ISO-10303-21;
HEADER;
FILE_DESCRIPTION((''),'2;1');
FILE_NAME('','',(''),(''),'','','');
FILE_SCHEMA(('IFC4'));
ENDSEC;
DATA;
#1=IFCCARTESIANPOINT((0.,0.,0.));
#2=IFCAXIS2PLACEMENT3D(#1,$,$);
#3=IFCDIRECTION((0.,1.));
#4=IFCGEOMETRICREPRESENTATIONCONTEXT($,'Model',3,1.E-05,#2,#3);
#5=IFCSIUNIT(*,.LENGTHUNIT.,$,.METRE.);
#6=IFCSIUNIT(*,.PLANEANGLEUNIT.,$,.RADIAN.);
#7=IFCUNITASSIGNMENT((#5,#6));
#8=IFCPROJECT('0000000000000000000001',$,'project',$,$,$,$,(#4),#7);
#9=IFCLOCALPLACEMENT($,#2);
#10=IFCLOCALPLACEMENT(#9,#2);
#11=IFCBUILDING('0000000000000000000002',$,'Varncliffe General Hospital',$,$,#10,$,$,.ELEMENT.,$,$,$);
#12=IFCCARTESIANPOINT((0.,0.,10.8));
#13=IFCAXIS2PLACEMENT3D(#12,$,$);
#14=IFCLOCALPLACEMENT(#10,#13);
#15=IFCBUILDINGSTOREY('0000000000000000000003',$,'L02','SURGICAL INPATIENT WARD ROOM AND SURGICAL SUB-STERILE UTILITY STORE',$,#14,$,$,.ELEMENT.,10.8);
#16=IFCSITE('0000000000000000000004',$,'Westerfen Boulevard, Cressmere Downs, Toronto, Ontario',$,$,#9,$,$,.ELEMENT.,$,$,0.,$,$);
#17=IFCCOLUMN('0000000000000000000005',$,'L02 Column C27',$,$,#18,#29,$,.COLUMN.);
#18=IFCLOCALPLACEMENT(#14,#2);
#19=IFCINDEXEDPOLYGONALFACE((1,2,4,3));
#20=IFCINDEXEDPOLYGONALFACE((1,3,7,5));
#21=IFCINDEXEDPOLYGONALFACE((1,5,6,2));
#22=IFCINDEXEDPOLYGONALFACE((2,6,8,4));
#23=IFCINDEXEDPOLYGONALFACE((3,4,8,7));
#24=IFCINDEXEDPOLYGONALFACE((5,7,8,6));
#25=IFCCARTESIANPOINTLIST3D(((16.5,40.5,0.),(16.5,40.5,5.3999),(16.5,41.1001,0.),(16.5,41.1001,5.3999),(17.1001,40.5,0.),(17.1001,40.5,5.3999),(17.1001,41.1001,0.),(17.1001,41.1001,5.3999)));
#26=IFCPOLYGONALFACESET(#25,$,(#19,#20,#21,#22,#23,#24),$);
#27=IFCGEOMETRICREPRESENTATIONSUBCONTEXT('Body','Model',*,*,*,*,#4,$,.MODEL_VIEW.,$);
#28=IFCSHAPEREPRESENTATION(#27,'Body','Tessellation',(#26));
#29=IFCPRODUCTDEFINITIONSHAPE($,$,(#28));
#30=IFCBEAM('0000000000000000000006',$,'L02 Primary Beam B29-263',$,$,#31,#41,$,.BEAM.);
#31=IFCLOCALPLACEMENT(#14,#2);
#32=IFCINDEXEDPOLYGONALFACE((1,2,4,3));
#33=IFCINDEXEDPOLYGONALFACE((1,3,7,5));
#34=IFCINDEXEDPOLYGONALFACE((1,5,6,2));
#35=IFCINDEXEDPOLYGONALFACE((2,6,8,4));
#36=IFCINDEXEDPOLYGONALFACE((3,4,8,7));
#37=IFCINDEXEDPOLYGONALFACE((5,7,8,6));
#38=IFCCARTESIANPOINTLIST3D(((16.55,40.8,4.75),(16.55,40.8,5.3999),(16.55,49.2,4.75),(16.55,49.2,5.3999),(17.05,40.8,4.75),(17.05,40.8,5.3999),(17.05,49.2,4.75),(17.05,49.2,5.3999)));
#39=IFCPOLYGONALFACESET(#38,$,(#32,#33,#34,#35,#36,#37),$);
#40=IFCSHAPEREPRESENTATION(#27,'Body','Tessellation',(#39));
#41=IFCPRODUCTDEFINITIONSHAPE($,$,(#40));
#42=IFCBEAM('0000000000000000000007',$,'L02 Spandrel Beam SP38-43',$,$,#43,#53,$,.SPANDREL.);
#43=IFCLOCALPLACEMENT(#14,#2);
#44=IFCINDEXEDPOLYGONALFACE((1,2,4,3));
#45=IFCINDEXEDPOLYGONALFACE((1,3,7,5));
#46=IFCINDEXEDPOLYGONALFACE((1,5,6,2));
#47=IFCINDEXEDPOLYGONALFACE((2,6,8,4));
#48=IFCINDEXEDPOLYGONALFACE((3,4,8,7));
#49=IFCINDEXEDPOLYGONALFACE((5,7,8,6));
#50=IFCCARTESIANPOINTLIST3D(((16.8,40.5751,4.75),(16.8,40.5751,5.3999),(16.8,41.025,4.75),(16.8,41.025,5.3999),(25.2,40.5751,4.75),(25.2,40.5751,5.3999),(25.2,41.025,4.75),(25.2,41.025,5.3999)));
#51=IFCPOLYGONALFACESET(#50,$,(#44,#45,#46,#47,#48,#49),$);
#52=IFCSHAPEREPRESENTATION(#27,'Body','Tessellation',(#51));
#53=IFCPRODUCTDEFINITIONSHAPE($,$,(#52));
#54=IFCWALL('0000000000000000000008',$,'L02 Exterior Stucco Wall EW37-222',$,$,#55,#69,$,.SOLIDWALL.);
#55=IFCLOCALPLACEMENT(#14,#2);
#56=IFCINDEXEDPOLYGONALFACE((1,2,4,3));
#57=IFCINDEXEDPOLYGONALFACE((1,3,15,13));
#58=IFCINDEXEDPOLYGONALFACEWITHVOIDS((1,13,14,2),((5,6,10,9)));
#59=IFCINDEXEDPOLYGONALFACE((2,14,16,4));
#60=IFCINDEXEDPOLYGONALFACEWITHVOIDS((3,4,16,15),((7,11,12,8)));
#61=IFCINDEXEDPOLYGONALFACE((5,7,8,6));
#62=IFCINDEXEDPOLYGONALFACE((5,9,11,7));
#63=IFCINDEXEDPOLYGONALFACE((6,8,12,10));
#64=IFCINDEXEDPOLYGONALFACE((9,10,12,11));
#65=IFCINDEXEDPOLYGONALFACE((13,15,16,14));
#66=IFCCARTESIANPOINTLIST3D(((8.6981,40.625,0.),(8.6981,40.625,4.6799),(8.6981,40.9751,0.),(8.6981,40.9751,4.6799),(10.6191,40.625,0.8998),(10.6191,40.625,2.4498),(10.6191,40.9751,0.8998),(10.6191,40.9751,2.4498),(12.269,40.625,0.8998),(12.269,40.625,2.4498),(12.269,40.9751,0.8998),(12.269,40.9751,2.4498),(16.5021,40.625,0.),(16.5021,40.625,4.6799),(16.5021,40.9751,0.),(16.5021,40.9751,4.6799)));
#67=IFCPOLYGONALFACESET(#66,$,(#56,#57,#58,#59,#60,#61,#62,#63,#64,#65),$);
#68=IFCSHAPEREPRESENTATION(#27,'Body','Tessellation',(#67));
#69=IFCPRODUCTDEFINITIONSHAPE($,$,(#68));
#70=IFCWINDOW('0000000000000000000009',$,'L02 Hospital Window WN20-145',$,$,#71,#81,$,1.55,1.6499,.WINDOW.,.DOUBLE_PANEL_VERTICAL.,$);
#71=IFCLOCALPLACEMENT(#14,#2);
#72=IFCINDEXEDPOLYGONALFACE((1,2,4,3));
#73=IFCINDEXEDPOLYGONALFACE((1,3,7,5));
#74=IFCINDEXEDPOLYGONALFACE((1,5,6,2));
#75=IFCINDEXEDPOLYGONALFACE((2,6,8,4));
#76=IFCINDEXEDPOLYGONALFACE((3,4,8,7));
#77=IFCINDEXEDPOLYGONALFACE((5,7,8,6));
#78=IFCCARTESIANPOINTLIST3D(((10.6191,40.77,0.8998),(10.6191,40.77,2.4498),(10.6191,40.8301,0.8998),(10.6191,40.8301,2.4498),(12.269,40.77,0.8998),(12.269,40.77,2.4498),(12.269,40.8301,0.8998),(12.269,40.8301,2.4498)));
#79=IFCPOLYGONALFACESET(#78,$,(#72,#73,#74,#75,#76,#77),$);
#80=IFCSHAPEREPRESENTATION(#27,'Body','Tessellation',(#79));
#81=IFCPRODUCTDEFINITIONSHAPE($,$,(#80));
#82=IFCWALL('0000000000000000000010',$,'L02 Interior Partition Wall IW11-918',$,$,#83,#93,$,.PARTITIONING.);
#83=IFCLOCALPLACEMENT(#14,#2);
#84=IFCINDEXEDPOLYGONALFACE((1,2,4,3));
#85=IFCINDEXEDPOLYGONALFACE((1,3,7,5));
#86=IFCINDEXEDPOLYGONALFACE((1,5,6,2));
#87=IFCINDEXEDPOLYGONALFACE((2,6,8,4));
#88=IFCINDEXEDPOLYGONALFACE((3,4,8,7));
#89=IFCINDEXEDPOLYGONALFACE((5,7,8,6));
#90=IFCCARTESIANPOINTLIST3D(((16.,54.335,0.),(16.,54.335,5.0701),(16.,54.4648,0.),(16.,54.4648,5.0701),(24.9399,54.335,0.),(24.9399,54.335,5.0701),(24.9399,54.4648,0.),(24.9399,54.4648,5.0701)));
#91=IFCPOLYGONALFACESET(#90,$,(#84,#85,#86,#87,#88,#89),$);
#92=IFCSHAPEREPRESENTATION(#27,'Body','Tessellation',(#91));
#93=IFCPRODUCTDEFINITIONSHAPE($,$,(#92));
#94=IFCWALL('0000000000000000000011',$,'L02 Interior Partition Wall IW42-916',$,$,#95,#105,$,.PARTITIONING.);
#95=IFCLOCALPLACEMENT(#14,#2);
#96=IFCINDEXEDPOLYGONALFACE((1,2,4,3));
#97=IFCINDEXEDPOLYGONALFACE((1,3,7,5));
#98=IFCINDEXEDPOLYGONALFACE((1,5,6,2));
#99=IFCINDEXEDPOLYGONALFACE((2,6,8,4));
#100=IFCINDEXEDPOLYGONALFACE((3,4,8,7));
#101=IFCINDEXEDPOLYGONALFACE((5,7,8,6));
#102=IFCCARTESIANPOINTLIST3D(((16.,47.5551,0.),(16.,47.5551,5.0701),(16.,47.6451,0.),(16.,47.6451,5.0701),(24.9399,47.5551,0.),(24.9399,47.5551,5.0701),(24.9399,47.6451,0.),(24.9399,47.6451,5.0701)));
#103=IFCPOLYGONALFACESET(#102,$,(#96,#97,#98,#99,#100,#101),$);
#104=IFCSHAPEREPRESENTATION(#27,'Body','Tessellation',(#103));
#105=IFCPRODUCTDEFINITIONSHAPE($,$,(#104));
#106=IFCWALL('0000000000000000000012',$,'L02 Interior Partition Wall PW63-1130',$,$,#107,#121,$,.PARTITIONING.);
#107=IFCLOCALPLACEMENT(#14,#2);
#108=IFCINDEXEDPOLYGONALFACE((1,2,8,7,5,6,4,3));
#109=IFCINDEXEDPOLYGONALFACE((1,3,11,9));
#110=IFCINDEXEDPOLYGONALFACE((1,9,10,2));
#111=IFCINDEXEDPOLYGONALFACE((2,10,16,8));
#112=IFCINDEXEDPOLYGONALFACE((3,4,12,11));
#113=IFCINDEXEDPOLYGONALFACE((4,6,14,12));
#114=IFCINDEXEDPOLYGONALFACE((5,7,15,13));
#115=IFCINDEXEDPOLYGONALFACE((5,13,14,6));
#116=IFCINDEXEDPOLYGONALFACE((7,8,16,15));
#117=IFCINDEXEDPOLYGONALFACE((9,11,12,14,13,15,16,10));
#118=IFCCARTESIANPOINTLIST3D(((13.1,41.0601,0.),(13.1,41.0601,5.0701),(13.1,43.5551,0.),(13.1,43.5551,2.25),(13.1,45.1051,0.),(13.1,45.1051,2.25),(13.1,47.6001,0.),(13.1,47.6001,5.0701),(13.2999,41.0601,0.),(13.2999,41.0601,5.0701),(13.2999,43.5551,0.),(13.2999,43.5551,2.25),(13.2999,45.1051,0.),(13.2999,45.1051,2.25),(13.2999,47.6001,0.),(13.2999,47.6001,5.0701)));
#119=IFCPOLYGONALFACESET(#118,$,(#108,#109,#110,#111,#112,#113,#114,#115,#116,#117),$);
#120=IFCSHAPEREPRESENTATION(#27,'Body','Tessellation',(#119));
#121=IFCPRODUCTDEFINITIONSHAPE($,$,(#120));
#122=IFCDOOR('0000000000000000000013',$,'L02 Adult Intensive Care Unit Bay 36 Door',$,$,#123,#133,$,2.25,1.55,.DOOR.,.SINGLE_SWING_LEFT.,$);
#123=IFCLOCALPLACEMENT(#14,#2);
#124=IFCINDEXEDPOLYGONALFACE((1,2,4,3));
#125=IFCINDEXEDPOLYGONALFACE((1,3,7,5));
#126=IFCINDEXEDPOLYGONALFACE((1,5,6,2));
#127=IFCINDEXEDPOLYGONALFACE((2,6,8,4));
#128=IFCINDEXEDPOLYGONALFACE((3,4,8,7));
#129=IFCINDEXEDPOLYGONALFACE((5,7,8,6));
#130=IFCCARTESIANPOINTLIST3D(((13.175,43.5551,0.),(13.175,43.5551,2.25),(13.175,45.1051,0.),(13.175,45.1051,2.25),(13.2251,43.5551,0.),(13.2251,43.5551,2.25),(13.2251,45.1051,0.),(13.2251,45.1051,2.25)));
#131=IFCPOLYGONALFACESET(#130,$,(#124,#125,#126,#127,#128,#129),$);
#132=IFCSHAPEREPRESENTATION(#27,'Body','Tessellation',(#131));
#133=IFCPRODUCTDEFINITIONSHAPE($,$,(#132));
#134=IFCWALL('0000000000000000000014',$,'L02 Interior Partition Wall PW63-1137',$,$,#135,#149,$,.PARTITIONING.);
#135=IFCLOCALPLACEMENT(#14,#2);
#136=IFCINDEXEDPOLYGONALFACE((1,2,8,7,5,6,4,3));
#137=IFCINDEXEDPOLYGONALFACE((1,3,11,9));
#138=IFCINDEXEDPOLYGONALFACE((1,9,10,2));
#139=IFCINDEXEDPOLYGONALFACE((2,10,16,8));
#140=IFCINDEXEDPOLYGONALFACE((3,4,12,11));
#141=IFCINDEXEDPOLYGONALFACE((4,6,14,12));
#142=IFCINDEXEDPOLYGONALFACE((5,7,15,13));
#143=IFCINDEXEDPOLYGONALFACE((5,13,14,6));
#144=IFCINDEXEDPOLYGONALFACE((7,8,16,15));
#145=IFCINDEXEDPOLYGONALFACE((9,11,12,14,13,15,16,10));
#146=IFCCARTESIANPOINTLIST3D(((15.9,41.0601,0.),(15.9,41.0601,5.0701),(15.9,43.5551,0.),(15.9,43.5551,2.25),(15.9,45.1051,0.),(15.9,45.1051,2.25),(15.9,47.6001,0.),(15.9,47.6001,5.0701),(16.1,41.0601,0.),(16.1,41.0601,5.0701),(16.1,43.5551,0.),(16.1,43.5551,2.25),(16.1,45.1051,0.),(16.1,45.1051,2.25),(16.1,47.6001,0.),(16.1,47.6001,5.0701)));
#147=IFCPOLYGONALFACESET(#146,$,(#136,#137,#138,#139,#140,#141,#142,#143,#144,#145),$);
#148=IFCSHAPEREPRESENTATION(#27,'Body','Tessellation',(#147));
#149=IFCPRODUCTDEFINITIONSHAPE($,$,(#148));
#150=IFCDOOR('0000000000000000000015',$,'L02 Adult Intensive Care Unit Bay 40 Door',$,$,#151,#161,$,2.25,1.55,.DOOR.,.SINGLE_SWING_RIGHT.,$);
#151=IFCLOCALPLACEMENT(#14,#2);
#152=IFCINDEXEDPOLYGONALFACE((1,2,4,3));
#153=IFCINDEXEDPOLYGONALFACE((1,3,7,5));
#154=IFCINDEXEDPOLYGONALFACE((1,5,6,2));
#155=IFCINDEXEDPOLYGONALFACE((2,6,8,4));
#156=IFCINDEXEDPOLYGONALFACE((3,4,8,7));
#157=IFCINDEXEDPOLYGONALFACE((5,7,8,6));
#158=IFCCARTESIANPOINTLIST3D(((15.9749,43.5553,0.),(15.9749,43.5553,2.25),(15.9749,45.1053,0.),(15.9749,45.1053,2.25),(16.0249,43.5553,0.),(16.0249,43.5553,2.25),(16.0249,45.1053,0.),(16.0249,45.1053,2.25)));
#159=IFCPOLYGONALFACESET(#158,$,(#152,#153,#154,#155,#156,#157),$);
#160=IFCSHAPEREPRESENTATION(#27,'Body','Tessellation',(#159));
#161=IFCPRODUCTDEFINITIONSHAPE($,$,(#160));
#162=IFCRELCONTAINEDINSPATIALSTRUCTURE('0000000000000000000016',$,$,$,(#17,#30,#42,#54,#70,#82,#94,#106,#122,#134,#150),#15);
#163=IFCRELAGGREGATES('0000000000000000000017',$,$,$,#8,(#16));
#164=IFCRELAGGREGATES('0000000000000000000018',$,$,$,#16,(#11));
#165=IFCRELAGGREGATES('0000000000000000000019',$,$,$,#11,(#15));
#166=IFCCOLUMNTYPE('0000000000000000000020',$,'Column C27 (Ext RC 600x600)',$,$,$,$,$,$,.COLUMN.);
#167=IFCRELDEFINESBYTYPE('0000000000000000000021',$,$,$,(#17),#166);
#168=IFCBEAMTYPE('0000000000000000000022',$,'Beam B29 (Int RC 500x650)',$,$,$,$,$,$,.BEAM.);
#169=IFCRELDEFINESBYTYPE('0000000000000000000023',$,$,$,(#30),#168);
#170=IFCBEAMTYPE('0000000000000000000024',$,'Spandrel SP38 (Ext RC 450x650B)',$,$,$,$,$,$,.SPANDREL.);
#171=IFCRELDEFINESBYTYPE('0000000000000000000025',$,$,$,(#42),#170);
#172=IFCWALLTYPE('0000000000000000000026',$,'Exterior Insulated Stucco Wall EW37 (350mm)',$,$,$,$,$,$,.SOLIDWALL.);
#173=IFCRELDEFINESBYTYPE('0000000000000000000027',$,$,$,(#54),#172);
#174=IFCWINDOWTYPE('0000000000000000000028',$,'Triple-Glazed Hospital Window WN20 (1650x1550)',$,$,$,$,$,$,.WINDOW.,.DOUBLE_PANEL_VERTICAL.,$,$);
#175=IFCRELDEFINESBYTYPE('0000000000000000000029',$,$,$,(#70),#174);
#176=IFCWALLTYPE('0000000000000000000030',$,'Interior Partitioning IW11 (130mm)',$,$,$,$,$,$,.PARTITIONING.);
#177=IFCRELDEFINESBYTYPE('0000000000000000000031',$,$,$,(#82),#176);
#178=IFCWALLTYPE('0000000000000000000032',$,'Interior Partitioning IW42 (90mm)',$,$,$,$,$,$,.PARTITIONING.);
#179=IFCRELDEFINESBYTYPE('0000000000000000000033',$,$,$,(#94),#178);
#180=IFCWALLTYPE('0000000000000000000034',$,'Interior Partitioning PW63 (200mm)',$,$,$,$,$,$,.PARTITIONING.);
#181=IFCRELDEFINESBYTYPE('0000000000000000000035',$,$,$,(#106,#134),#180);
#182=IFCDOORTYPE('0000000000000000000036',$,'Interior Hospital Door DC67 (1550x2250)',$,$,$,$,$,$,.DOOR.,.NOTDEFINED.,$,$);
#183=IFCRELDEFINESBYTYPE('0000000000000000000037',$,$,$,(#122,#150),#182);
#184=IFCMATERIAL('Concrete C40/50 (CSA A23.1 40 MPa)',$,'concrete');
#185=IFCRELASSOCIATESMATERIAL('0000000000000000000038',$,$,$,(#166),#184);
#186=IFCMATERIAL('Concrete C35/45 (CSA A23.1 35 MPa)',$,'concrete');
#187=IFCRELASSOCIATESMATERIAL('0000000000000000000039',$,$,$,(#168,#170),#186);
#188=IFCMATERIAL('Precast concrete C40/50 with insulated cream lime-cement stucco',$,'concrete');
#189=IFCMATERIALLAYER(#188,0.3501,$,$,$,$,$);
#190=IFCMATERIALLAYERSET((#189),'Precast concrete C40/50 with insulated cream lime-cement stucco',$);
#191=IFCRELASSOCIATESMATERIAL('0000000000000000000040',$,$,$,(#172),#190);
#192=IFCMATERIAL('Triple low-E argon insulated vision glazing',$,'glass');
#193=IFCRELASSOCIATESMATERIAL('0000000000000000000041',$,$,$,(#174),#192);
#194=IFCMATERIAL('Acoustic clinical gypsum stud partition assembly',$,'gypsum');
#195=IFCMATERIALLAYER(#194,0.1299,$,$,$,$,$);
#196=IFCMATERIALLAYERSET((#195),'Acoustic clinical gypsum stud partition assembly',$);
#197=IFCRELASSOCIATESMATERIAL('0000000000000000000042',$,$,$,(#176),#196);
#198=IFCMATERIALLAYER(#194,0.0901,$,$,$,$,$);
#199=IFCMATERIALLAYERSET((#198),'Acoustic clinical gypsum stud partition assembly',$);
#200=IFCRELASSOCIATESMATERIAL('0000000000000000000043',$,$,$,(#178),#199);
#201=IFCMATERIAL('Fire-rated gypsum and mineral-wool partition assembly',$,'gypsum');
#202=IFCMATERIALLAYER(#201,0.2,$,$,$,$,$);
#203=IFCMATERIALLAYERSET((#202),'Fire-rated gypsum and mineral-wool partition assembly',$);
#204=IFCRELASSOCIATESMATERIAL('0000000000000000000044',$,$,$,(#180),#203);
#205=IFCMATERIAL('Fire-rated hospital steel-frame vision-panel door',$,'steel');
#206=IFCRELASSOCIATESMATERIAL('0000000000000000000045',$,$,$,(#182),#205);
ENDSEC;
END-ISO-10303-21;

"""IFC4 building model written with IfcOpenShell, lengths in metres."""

from ifc_helpers import new_model, si_unit, direction, frame, frame_2d, origin, origin_2d, place, context, subcontext, project, spatial, rectangle, extrude, material, layer, layer_set, material_profile, profile_set, type_object, element, fill, save


model = new_model("IFC4")

# Units and contexts
model_context = context("Model", 3, precision=1e-05, world=origin(), true_north=direction((0.0, 1.0)))
body_context = subcontext(model_context, "Body", "Model", "MODEL_VIEW")
ifc_project = project(units=[si_unit("LENGTHUNIT", "METRE"), si_unit("PLANEANGLEUNIT", "RADIAN")], contexts=[model_context])

# Site, building, storey
site_placement = place(None, origin())
site = spatial("IfcSite", under=ifc_project, at=site_placement, Name="Westerfen Boulevard, Cressmere Downs, Toronto, Ontario", CompositionType="ELEMENT", RefElevation=0.0)
building_placement = place(site_placement, origin())
building = spatial("IfcBuilding", under=site, at=building_placement, Name="Varncliffe General Hospital", CompositionType="ELEMENT")
storey_placement = place(building_placement, frame((0.0, 0.0, 10.8)))
storey = spatial("IfcBuildingStorey", under=building, at=storey_placement, Name="L02", Description="SURGICAL INPATIENT WARD ROOM AND SURGICAL SUB-STERILE UTILITY STORE", CompositionType="ELEMENT", Elevation=10.8)

# Column
ifc_material_1 = material(Name="Concrete C40/50 (CSA A23.1 40 MPa)", Category="concrete")
ifc_material_profile_1 = material_profile(ifc_material_1, rectangle(XDim=0.6001, YDim=0.6001, at=origin_2d()), Name="RC 600x600")
ifc_profile_set_1 = profile_set([ifc_material_profile_1], Name="Concrete C40/50 (CSA A23.1 40 MPa)")
column_type = type_object("IfcColumnType", Name="Column C27 (Ext RC 600x600)", PredefinedType="COLUMN", material=ifc_profile_set_1)
column_placement = place(storey_placement, frame((16.8, 40.8, 0.0), z_axis=(0.0, 0.0, 1.0), x_axis=(1.0, 0.0, 0.0)))
element("IfcColumn", 1, at=column_placement, inside=storey, type_object=column_type, Name="L02 Column C27", PredefinedType="COLUMN", context=body_context, shape_type="SweptSolid", body=[
    extrude(rectangle(XDim=0.6001, YDim=0.6001, at=origin_2d()), origin(), (0.0, 0.0, 1.0), 5.3999),
])

# Beams
ifc_material_2 = material(Name="Concrete C35/45 (CSA A23.1 35 MPa)", Category="concrete")
ifc_material_profile_2 = material_profile(ifc_material_2, rectangle(XDim=0.5, YDim=0.6499, at=origin_2d()), Name="RC 500x650")
ifc_profile_set_2 = profile_set([ifc_material_profile_2], Name="Concrete C35/45 (CSA A23.1 35 MPa)")
beam_type_1 = type_object("IfcBeamType", Name="Beam B29 (Int RC 500x650)", PredefinedType="BEAM", material=ifc_profile_set_2)
beam_1_placement = place(storey_placement, frame((16.8, 40.8, 5.075), z_axis=(0.0, 1.0, 0.0), x_axis=(-1.0, 0.0, 0.0)))
element("IfcBeam", 2, at=beam_1_placement, inside=storey, type_object=beam_type_1, Name="L02 Primary Beam B29-263", PredefinedType="BEAM", context=body_context, shape_type="SweptSolid", body=[
    extrude(rectangle(XDim=0.5, YDim=0.6499, at=origin_2d()), origin(), (0.0, 0.0, 1.0), 8.3999),
])
ifc_material_profile_3 = material_profile(ifc_material_2, rectangle(XDim=0.45, YDim=0.6499, at=origin_2d()), Name="RC 450x650")
ifc_profile_set_3 = profile_set([ifc_material_profile_3], Name="Concrete C35/45 (CSA A23.1 35 MPa)")
beam_type_2 = type_object("IfcBeamType", Name="Spandrel SP38 (Ext RC 450x650B)", PredefinedType="SPANDREL", material=ifc_profile_set_3)
beam_2_placement = place(storey_placement, frame((16.8, 40.8, 5.075), z_axis=(1.0, 0.0, 0.0), x_axis=(0.0, 1.0, 0.0)))
element("IfcBeam", 3, at=beam_2_placement, inside=storey, type_object=beam_type_2, Name="L02 Spandrel Beam SP38-43", PredefinedType="SPANDREL", context=body_context, shape_type="SweptSolid", body=[
    extrude(rectangle(XDim=0.45, YDim=0.6499, at=origin_2d()), origin(), (0.0, 0.0, 1.0), 8.3999),
])

# Wall, opening, window
ifc_material_3 = material(Name="Precast concrete C40/50 with insulated cream lime-cement stucco", Category="concrete")
ifc_layer_1 = layer(ifc_material_3, 0.3501)
ifc_layer_set_1 = layer_set([ifc_layer_1], Name="Precast concrete C40/50 with insulated cream lime-cement stucco")
wall_type_1 = type_object("IfcWallType", Name="Exterior Insulated Stucco Wall EW37 (350mm)", PredefinedType="SOLIDWALL", material=ifc_layer_set_1)
wall_1_placement = place(storey_placement, frame((16.502, 40.8, 0.0), z_axis=(0.0, 0.0, 1.0), x_axis=(-1.0, 0.0, 0.0)))
wall_1 = element("IfcWall", 4, at=wall_1_placement, inside=storey, type_object=wall_type_1, Name="L02 Exterior Stucco Wall EW37-222", PredefinedType="SOLIDWALL", context=body_context, shape_type="SweptSolid", body=[
    extrude(rectangle(XDim=7.804, YDim=0.3501, at=frame_2d((3.9019, 0.0))), origin(), (0.0, 0.0, 1.0), 4.6799),
])
opening_1_placement = place(wall_1_placement, frame((4.2329, 0.0, 0.8999)))
opening_1 = element("IfcOpeningElement", 5, at=opening_1_placement, cuts=wall_1, PredefinedType="OPENING", context=body_context, shape_type="SweptSolid", body=[
    extrude(rectangle(XDim=1.6499, YDim=1.55, at=frame_2d((0.825, 0.7749))), frame((0.0, 0.1851, 0.0), z_axis=(0.0, -1.0, 0.0), x_axis=(1.0, 0.0, 0.0)), (0.0, 0.0, 1.0), 0.3701),
])
ifc_material_4 = material(Name="Triple low-E argon insulated vision glazing", Category="glass")
window_type = type_object("IfcWindowType", Name="Triple-Glazed Hospital Window WN20 (1650x1550)", PartitioningType="DOUBLE_PANEL_VERTICAL", PredefinedType="WINDOW", material=ifc_material_4)
window_placement = place(opening_1_placement, origin())
window = element("IfcWindow", 6, at=window_placement, inside=storey, type_object=window_type, Name="L02 Hospital Window WN20-145", OverallHeight=1.55, OverallWidth=1.6499, PartitioningType="DOUBLE_PANEL_VERTICAL", PredefinedType="WINDOW", context=body_context, shape_type="SweptSolid", body=[
    extrude(rectangle(XDim=1.6499, YDim=1.55, at=frame_2d((0.825, 0.7749))), frame((0.0, 0.03, 0.0), z_axis=(0.0, -1.0, 0.0), x_axis=(1.0, 0.0, 0.0)), (0.0, 0.0, 1.0), 0.0601),
])
fill(opening_1, window)

# Walls
ifc_material_5 = material(Name="Acoustic clinical gypsum stud partition assembly", Category="gypsum")
ifc_layer_2 = layer(ifc_material_5, 0.1299)
ifc_layer_set_2 = layer_set([ifc_layer_2], Name="Acoustic clinical gypsum stud partition assembly")
wall_type_2 = type_object("IfcWallType", Name="Interior Partitioning IW11 (130mm)", PredefinedType="PARTITIONING", material=ifc_layer_set_2)
wall_2_placement = place(storey_placement, frame((16.0, 54.3999, 0.0), z_axis=(0.0, 0.0, 1.0), x_axis=(1.0, 0.0, 0.0)))
element("IfcWall", 7, at=wall_2_placement, inside=storey, type_object=wall_type_2, Name="L02 Interior Partition Wall IW11-918", PredefinedType="PARTITIONING", context=body_context, shape_type="SweptSolid", body=[
    extrude(rectangle(XDim=8.9399, YDim=0.1299, at=frame_2d((4.47, 0.0))), origin(), (0.0, 0.0, 1.0), 5.0701),
])
ifc_layer_3 = layer(ifc_material_5, 0.0901)
ifc_layer_set_3 = layer_set([ifc_layer_3], Name="Acoustic clinical gypsum stud partition assembly")
wall_type_3 = type_object("IfcWallType", Name="Interior Partitioning IW42 (90mm)", PredefinedType="PARTITIONING", material=ifc_layer_set_3)
wall_3_placement = place(storey_placement, frame((16.0, 47.6001, 0.0), z_axis=(0.0, 0.0, 1.0), x_axis=(1.0, 0.0, 0.0)))
element("IfcWall", 8, at=wall_3_placement, inside=storey, type_object=wall_type_3, Name="L02 Interior Partition Wall IW42-916", PredefinedType="PARTITIONING", context=body_context, shape_type="SweptSolid", body=[
    extrude(rectangle(XDim=8.9399, YDim=0.0901, at=frame_2d((4.47, 0.0))), origin(), (0.0, 0.0, 1.0), 5.0701),
])

# Walls, openings, doors
ifc_material_6 = material(Name="Fire-rated gypsum and mineral-wool partition assembly", Category="gypsum")
ifc_layer_4 = layer(ifc_material_6, 0.2)
ifc_layer_set_4 = layer_set([ifc_layer_4], Name="Fire-rated gypsum and mineral-wool partition assembly")
wall_type_4 = type_object("IfcWallType", Name="Interior Partitioning PW63 (200mm)", PredefinedType="PARTITIONING", material=ifc_layer_set_4)
wall_4_placement = place(storey_placement, frame((13.2, 41.0601, 0.0), z_axis=(0.0, 0.0, 1.0), x_axis=(0.0, 1.0, 0.0)))
wall_4 = element("IfcWall", 9, at=wall_4_placement, inside=storey, type_object=wall_type_4, Name="L02 Interior Partition Wall PW63-1130", PredefinedType="PARTITIONING", context=body_context, shape_type="SweptSolid", body=[
    extrude(rectangle(XDim=6.54, YDim=0.2, at=frame_2d((3.27, 0.0))), origin(), (0.0, 0.0, 1.0), 5.0701),
])
opening_2_placement = place(wall_4_placement, frame((2.4951, 0.0, 0.0)))
opening_2 = element("IfcOpeningElement", 10, at=opening_2_placement, cuts=wall_4, PredefinedType="OPENING", context=body_context, shape_type="SweptSolid", body=[
    extrude(rectangle(XDim=1.55, YDim=2.25, at=frame_2d((0.7749, 1.125))), frame((0.0, 0.1099, 0.0), z_axis=(0.0, -1.0, 0.0), x_axis=(1.0, 0.0, 0.0)), (0.0, 0.0, 1.0), 0.22),
])
ifc_material_7 = material(Name="Fire-rated hospital steel-frame vision-panel door", Category="steel")
door_type_1 = type_object("IfcDoorType", Name="Interior Hospital Door DC67 (1550x2250)", OperationType="NOTDEFINED", PredefinedType="DOOR", material=ifc_material_7)
door_1_placement = place(opening_2_placement, origin())
door_1 = element("IfcDoor", 11, at=door_1_placement, inside=storey, type_object=door_type_1, Name="L02 Adult Intensive Care Unit Bay 36 Door", OperationType="SINGLE_SWING_LEFT", OverallHeight=2.25, OverallWidth=1.55, PredefinedType="DOOR", context=body_context, shape_type="SweptSolid", body=[
    extrude(rectangle(XDim=1.55, YDim=2.25, at=frame_2d((0.7749, 1.125))), frame((0.0, 0.0249, 0.0), z_axis=(0.0, -1.0, 0.0), x_axis=(1.0, 0.0, 0.0)), (0.0, 0.0, 1.0), 0.05),
])
fill(opening_2, door_1)
wall_5_placement = place(storey_placement, frame((16.0, 41.0601, 0.0), z_axis=(0.0, 0.0, 1.0), x_axis=(0.0, 1.0, 0.0)))
wall_5 = element("IfcWall", 12, at=wall_5_placement, inside=storey, type_object=wall_type_4, Name="L02 Interior Partition Wall PW63-1137", PredefinedType="PARTITIONING", context=body_context, shape_type="SweptSolid", body=[
    extrude(rectangle(XDim=6.54, YDim=0.2, at=frame_2d((3.27, 0.0))), origin(), (0.0, 0.0, 1.0), 5.0701),
])
opening_3_placement = place(wall_5_placement, frame((2.4951, 0.0, 0.0)))
opening_3 = element("IfcOpeningElement", 13, at=opening_3_placement, cuts=wall_5, PredefinedType="OPENING", context=body_context, shape_type="SweptSolid", body=[
    extrude(rectangle(XDim=1.55, YDim=2.25, at=frame_2d((0.7749, 1.125))), frame((0.0, 0.1099, 0.0), z_axis=(0.0, -1.0, 0.0), x_axis=(1.0, 0.0, 0.0)), (0.0, 0.0, 1.0), 0.22),
])
door_2_placement = place(opening_3_placement, frame((1.55, 0.0, 0.0), z_axis=(0.0, 0.0, 1.0), x_axis=(-1.0, 0.0, 0.0)))
door_2 = element("IfcDoor", 14, at=door_2_placement, inside=storey, type_object=door_type_1, Name="L02 Adult Intensive Care Unit Bay 40 Door", OperationType="SINGLE_SWING_RIGHT", OverallHeight=2.25, OverallWidth=1.55, PredefinedType="DOOR", context=body_context, shape_type="SweptSolid", body=[
    extrude(rectangle(XDim=1.55, YDim=2.25, at=frame_2d((0.7749, 1.125))), frame((0.0, 0.0249, 0.0), z_axis=(0.0, -1.0, 0.0), x_axis=(1.0, 0.0, 0.0)), (0.0, 0.0, 1.0), 0.05),
])
fill(opening_3, door_2)

save(model, "model.ifc")
